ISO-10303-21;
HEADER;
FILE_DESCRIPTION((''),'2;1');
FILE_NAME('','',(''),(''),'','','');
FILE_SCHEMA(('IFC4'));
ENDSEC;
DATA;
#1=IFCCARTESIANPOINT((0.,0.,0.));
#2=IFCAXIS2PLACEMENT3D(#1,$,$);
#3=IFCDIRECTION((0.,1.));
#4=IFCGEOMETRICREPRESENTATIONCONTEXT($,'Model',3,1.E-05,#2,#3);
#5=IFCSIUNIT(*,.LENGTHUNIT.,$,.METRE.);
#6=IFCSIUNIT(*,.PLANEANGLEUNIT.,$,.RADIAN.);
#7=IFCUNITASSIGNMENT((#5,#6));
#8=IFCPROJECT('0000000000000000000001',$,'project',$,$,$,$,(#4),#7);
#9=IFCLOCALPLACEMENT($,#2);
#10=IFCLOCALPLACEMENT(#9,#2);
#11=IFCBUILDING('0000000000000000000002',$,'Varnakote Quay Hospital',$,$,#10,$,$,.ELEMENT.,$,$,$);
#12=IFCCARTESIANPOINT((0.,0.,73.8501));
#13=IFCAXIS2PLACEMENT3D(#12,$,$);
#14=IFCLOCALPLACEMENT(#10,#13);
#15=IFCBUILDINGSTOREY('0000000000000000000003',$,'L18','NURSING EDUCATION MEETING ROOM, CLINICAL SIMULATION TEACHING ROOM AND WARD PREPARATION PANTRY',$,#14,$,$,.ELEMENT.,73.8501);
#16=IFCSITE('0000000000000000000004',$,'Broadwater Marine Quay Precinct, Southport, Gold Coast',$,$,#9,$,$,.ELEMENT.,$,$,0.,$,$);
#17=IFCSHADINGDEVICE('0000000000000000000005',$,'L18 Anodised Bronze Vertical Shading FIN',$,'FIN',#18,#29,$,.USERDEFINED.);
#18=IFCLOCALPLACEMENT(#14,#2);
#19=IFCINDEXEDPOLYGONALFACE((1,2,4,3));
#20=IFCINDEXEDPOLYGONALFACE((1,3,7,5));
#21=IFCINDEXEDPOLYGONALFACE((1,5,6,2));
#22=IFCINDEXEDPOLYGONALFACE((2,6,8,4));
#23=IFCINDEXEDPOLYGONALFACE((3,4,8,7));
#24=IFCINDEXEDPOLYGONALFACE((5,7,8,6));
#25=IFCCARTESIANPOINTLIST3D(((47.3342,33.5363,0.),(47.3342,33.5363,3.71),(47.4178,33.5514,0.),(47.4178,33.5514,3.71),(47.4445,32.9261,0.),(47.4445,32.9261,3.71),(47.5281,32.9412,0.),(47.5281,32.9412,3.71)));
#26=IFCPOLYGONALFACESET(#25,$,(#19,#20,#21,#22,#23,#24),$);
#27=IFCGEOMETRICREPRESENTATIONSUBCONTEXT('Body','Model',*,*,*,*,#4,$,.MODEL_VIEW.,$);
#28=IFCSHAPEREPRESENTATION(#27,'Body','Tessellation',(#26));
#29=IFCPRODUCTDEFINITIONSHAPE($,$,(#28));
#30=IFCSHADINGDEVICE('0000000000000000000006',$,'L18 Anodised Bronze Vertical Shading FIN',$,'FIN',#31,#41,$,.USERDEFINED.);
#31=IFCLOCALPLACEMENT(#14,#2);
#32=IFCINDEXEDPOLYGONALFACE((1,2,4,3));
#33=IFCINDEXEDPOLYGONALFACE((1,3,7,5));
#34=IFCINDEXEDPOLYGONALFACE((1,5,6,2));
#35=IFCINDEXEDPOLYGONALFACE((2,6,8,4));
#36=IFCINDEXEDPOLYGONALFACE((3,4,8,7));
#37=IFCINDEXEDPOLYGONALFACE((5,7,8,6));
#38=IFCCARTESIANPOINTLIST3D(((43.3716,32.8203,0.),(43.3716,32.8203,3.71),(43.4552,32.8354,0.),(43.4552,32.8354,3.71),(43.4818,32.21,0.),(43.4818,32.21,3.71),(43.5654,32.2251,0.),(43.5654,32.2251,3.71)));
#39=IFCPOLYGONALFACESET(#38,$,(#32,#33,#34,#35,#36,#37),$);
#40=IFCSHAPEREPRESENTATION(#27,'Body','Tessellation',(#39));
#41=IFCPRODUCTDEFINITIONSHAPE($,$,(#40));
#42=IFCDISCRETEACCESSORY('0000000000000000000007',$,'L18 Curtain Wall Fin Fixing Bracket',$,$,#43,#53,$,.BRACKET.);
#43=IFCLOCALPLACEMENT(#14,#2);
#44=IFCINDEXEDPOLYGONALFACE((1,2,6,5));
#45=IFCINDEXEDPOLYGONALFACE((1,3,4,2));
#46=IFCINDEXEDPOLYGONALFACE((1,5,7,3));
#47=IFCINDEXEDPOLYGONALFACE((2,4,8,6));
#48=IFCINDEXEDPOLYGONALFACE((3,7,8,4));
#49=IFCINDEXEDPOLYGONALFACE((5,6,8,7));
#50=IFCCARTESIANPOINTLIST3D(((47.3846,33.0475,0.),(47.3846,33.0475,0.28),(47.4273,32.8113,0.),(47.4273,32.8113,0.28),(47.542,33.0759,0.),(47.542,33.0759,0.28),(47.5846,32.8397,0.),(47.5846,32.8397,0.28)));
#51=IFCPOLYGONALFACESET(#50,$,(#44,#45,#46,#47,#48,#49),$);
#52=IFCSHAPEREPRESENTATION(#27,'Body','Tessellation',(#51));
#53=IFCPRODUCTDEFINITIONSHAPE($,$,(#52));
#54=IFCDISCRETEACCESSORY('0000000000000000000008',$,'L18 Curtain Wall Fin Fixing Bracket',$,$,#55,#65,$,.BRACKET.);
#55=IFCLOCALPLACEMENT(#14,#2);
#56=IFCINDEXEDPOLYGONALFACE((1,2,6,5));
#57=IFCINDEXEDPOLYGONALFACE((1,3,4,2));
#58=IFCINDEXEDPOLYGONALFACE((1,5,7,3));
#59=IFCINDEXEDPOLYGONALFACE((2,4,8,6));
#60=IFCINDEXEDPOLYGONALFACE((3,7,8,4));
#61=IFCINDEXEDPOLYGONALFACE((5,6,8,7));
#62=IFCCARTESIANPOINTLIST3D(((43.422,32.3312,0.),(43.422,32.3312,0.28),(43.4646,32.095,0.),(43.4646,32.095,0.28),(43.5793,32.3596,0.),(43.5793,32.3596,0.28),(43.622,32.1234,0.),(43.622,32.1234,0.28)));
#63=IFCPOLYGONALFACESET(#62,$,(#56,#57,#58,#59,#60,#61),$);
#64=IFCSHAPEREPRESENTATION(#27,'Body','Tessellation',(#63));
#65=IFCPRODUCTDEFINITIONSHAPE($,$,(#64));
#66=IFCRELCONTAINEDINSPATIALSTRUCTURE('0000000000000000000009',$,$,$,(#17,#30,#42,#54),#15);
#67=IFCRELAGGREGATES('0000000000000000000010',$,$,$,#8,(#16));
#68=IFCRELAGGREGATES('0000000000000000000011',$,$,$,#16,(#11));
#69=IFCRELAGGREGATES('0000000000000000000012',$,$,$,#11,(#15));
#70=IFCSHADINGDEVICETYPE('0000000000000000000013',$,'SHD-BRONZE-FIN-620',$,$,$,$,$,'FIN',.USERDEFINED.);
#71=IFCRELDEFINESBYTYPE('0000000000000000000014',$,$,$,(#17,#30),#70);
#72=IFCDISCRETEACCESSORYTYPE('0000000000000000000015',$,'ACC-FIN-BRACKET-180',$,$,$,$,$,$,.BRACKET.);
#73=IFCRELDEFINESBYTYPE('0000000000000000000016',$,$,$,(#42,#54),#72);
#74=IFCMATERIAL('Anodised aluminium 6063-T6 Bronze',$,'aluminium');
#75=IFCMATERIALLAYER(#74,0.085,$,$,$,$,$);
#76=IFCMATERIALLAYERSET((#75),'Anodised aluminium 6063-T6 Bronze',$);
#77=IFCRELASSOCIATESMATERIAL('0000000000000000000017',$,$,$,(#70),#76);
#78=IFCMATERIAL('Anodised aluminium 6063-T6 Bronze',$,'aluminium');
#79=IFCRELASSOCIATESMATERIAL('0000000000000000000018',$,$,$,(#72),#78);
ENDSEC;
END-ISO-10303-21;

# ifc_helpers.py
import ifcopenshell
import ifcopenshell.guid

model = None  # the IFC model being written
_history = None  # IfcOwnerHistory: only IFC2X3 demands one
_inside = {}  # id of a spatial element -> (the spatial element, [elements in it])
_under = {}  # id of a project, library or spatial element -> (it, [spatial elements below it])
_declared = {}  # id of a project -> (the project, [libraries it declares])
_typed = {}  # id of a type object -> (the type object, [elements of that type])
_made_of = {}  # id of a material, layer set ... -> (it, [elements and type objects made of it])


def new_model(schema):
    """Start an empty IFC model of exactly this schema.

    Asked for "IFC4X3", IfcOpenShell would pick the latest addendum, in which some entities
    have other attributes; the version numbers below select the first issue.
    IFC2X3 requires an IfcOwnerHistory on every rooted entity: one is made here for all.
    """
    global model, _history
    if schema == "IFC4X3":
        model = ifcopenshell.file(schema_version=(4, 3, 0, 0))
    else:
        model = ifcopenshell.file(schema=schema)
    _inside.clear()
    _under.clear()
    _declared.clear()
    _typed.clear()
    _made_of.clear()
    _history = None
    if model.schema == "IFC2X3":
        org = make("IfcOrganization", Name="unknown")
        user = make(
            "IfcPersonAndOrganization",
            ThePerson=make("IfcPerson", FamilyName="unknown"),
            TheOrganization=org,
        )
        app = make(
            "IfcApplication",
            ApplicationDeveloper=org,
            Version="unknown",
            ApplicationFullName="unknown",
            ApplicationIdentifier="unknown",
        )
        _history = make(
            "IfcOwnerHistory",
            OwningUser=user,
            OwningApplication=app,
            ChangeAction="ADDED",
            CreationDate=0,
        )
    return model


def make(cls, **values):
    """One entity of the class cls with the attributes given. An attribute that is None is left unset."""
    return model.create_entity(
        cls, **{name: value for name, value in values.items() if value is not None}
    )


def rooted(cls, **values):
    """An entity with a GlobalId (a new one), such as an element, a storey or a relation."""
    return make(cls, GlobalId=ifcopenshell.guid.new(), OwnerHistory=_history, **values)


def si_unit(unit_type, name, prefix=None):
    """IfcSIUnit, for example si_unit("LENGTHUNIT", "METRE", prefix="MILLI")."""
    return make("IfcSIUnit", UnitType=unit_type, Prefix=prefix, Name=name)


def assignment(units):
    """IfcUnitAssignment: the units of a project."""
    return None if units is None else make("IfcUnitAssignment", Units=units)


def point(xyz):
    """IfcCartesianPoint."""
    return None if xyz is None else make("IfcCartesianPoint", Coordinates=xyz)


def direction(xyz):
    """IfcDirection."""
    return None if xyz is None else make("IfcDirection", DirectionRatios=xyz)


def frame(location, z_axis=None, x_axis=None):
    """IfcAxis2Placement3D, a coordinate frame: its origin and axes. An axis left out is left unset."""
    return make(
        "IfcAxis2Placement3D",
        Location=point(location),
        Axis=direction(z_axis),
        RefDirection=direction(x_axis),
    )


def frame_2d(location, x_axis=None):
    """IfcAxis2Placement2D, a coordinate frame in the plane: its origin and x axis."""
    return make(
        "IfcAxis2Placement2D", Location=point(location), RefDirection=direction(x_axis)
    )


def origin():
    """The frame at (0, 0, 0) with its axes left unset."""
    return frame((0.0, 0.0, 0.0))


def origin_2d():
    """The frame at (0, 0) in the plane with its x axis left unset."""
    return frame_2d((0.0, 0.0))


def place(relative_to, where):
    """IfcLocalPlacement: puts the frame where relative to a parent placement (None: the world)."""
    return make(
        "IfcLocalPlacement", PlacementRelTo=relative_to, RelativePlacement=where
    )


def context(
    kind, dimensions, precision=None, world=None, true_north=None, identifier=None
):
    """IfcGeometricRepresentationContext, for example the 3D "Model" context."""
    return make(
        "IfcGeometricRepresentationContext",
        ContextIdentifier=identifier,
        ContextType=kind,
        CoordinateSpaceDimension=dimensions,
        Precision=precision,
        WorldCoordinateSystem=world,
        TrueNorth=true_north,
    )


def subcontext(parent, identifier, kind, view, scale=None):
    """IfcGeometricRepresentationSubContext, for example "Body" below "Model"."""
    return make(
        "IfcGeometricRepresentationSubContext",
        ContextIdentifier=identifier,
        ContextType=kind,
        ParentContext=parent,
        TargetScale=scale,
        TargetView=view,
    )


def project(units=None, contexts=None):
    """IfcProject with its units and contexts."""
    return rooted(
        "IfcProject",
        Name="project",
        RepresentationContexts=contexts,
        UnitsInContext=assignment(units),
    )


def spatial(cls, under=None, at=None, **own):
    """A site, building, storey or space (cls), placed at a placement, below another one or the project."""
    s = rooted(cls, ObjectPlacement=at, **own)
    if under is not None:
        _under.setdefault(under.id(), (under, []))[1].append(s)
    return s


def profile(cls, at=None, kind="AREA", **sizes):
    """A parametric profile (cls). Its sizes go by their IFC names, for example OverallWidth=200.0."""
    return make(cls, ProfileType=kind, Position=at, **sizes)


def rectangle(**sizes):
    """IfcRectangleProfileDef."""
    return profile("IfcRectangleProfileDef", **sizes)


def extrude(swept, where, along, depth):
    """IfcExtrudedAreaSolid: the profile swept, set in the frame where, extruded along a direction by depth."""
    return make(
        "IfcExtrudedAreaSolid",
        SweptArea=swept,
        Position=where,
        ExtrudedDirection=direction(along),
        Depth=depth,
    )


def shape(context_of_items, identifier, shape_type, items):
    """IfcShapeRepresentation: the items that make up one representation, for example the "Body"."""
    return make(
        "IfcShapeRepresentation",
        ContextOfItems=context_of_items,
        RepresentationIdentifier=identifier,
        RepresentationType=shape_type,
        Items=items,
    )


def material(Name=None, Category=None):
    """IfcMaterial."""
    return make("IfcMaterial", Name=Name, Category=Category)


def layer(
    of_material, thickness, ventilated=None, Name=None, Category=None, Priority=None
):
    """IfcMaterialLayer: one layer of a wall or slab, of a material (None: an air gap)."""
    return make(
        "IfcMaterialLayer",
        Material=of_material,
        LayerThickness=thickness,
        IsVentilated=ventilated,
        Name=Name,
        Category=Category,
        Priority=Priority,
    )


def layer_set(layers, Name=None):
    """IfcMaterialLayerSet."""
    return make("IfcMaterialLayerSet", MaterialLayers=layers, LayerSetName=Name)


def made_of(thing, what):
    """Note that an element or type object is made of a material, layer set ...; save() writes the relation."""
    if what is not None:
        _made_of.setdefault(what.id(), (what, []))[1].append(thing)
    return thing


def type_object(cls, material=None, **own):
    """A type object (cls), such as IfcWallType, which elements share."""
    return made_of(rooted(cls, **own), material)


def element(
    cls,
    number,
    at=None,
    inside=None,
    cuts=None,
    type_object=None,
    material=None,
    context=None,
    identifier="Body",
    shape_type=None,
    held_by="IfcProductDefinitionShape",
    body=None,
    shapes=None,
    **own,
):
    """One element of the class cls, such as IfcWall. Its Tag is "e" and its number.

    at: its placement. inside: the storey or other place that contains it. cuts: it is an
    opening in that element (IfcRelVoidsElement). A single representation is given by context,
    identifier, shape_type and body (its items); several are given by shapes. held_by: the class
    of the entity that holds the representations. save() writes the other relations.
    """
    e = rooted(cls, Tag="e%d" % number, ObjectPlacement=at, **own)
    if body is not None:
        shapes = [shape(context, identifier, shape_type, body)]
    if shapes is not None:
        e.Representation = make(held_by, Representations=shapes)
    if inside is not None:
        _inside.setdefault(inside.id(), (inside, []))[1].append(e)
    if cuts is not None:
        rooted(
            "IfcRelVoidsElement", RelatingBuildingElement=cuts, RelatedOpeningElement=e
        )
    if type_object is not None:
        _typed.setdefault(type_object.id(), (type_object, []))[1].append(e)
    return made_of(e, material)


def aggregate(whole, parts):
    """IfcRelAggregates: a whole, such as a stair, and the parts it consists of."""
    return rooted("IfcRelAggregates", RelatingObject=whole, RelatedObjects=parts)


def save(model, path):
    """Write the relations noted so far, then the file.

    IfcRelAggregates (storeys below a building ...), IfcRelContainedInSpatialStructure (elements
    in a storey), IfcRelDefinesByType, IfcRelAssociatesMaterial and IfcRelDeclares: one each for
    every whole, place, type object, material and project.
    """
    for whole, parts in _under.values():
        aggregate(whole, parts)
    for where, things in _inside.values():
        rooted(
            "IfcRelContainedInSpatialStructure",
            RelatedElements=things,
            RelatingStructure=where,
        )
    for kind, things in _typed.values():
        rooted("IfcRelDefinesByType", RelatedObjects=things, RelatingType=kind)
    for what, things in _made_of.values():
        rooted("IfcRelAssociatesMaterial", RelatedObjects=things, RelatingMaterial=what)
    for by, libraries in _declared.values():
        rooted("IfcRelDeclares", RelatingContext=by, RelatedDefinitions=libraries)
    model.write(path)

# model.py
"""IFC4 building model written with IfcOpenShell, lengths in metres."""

from ifc_helpers import new_model, si_unit, direction, frame, origin, origin_2d, place, context, subcontext, project, spatial, rectangle, extrude, material, layer, layer_set, type_object, element, save


model = new_model("IFC4")

# Units and contexts
model_context = context("Model", 3, precision=1e-05, world=origin(), true_north=direction((0.0, 1.0)))
body_context = subcontext(model_context, "Body", "Model", "MODEL_VIEW")
ifc_project = project(units=[si_unit("LENGTHUNIT", "METRE"), si_unit("PLANEANGLEUNIT", "RADIAN")], contexts=[model_context])

# Site, building, storey
site_placement = place(None, origin())
site = spatial("IfcSite", under=ifc_project, at=site_placement, Name="Broadwater Marine Quay Precinct, Southport, Gold Coast", CompositionType="ELEMENT", RefElevation=0.0)
building_placement = place(site_placement, origin())
building = spatial("IfcBuilding", under=site, at=building_placement, Name="Varnakote Quay Hospital", CompositionType="ELEMENT")
storey_placement = place(building_placement, frame((0.0, 0.0, 73.8501)))
storey = spatial("IfcBuildingStorey", under=building, at=storey_placement, Name="L18", Description="NURSING EDUCATION MEETING ROOM, CLINICAL SIMULATION TEACHING ROOM AND WARD PREPARATION PANTRY", CompositionType="ELEMENT", Elevation=73.8501)

# Shading devices
ifc_material_1 = material(Name="Anodised aluminium 6063-T6 Bronze", Category="aluminium")
ifc_layer_1 = layer(ifc_material_1, 0.085)
ifc_layer_set_1 = layer_set([ifc_layer_1], Name="Anodised aluminium 6063-T6 Bronze")
shading_device_type = type_object("IfcShadingDeviceType", Name="SHD-BRONZE-FIN-620", ElementType="FIN", PredefinedType="USERDEFINED", material=ifc_layer_set_1)
for number, where, z_axis, x_axis, name in (
    (1, (47.4312, 33.2388, 0.0), (0.0, 0.0, 1.0), (0.177772, -0.984072, 0.0), "L18 Anodised Bronze Vertical Shading FIN"),
    (2, (43.4685, 32.5227, 0.0), (0.0, 0.0, 1.0), (0.177772, -0.984072, 0.0), "L18 Anodised Bronze Vertical Shading FIN"),
):
    element("IfcShadingDevice", number, at=place(storey_placement, frame(where, z_axis=z_axis, x_axis=x_axis)), inside=storey, type_object=shading_device_type, Name=name, ObjectType="FIN", PredefinedType="USERDEFINED", context=body_context, shape_type="SweptSolid", body=[
        extrude(rectangle(XDim=0.6201, YDim=0.085, at=origin_2d()), origin(), (0.0, 0.0, 1.0), 3.71),
    ])

# Discrete accessories
ifc_material_2 = material(Name="Anodised aluminium 6063-T6 Bronze", Category="aluminium")
discrete_accessory_type = type_object("IfcDiscreteAccessoryType", Name="ACC-FIN-BRACKET-180", PredefinedType="BRACKET", material=ifc_material_2)
for number, where, z_axis, x_axis, name in (
    (3, (47.4846, 32.9436, 0.0), (0.0, 0.0, 1.0), (-0.984072, -0.177772, 0.0), "L18 Curtain Wall Fin Fixing Bracket"),
    (4, (43.522, 32.2273, 0.0), (0.0, 0.0, 1.0), (-0.984072, -0.177772, 0.0), "L18 Curtain Wall Fin Fixing Bracket"),
):
    element("IfcDiscreteAccessory", number, at=place(storey_placement, frame(where, z_axis=z_axis, x_axis=x_axis)), inside=storey, type_object=discrete_accessory_type, Name=name, PredefinedType="BRACKET", context=body_context, shape_type="SweptSolid", body=[
        extrude(rectangle(XDim=0.1599, YDim=0.24, at=origin_2d()), origin(), (0.0, 0.0, 1.0), 0.28),
    ])

save(model, "model.ifc")
